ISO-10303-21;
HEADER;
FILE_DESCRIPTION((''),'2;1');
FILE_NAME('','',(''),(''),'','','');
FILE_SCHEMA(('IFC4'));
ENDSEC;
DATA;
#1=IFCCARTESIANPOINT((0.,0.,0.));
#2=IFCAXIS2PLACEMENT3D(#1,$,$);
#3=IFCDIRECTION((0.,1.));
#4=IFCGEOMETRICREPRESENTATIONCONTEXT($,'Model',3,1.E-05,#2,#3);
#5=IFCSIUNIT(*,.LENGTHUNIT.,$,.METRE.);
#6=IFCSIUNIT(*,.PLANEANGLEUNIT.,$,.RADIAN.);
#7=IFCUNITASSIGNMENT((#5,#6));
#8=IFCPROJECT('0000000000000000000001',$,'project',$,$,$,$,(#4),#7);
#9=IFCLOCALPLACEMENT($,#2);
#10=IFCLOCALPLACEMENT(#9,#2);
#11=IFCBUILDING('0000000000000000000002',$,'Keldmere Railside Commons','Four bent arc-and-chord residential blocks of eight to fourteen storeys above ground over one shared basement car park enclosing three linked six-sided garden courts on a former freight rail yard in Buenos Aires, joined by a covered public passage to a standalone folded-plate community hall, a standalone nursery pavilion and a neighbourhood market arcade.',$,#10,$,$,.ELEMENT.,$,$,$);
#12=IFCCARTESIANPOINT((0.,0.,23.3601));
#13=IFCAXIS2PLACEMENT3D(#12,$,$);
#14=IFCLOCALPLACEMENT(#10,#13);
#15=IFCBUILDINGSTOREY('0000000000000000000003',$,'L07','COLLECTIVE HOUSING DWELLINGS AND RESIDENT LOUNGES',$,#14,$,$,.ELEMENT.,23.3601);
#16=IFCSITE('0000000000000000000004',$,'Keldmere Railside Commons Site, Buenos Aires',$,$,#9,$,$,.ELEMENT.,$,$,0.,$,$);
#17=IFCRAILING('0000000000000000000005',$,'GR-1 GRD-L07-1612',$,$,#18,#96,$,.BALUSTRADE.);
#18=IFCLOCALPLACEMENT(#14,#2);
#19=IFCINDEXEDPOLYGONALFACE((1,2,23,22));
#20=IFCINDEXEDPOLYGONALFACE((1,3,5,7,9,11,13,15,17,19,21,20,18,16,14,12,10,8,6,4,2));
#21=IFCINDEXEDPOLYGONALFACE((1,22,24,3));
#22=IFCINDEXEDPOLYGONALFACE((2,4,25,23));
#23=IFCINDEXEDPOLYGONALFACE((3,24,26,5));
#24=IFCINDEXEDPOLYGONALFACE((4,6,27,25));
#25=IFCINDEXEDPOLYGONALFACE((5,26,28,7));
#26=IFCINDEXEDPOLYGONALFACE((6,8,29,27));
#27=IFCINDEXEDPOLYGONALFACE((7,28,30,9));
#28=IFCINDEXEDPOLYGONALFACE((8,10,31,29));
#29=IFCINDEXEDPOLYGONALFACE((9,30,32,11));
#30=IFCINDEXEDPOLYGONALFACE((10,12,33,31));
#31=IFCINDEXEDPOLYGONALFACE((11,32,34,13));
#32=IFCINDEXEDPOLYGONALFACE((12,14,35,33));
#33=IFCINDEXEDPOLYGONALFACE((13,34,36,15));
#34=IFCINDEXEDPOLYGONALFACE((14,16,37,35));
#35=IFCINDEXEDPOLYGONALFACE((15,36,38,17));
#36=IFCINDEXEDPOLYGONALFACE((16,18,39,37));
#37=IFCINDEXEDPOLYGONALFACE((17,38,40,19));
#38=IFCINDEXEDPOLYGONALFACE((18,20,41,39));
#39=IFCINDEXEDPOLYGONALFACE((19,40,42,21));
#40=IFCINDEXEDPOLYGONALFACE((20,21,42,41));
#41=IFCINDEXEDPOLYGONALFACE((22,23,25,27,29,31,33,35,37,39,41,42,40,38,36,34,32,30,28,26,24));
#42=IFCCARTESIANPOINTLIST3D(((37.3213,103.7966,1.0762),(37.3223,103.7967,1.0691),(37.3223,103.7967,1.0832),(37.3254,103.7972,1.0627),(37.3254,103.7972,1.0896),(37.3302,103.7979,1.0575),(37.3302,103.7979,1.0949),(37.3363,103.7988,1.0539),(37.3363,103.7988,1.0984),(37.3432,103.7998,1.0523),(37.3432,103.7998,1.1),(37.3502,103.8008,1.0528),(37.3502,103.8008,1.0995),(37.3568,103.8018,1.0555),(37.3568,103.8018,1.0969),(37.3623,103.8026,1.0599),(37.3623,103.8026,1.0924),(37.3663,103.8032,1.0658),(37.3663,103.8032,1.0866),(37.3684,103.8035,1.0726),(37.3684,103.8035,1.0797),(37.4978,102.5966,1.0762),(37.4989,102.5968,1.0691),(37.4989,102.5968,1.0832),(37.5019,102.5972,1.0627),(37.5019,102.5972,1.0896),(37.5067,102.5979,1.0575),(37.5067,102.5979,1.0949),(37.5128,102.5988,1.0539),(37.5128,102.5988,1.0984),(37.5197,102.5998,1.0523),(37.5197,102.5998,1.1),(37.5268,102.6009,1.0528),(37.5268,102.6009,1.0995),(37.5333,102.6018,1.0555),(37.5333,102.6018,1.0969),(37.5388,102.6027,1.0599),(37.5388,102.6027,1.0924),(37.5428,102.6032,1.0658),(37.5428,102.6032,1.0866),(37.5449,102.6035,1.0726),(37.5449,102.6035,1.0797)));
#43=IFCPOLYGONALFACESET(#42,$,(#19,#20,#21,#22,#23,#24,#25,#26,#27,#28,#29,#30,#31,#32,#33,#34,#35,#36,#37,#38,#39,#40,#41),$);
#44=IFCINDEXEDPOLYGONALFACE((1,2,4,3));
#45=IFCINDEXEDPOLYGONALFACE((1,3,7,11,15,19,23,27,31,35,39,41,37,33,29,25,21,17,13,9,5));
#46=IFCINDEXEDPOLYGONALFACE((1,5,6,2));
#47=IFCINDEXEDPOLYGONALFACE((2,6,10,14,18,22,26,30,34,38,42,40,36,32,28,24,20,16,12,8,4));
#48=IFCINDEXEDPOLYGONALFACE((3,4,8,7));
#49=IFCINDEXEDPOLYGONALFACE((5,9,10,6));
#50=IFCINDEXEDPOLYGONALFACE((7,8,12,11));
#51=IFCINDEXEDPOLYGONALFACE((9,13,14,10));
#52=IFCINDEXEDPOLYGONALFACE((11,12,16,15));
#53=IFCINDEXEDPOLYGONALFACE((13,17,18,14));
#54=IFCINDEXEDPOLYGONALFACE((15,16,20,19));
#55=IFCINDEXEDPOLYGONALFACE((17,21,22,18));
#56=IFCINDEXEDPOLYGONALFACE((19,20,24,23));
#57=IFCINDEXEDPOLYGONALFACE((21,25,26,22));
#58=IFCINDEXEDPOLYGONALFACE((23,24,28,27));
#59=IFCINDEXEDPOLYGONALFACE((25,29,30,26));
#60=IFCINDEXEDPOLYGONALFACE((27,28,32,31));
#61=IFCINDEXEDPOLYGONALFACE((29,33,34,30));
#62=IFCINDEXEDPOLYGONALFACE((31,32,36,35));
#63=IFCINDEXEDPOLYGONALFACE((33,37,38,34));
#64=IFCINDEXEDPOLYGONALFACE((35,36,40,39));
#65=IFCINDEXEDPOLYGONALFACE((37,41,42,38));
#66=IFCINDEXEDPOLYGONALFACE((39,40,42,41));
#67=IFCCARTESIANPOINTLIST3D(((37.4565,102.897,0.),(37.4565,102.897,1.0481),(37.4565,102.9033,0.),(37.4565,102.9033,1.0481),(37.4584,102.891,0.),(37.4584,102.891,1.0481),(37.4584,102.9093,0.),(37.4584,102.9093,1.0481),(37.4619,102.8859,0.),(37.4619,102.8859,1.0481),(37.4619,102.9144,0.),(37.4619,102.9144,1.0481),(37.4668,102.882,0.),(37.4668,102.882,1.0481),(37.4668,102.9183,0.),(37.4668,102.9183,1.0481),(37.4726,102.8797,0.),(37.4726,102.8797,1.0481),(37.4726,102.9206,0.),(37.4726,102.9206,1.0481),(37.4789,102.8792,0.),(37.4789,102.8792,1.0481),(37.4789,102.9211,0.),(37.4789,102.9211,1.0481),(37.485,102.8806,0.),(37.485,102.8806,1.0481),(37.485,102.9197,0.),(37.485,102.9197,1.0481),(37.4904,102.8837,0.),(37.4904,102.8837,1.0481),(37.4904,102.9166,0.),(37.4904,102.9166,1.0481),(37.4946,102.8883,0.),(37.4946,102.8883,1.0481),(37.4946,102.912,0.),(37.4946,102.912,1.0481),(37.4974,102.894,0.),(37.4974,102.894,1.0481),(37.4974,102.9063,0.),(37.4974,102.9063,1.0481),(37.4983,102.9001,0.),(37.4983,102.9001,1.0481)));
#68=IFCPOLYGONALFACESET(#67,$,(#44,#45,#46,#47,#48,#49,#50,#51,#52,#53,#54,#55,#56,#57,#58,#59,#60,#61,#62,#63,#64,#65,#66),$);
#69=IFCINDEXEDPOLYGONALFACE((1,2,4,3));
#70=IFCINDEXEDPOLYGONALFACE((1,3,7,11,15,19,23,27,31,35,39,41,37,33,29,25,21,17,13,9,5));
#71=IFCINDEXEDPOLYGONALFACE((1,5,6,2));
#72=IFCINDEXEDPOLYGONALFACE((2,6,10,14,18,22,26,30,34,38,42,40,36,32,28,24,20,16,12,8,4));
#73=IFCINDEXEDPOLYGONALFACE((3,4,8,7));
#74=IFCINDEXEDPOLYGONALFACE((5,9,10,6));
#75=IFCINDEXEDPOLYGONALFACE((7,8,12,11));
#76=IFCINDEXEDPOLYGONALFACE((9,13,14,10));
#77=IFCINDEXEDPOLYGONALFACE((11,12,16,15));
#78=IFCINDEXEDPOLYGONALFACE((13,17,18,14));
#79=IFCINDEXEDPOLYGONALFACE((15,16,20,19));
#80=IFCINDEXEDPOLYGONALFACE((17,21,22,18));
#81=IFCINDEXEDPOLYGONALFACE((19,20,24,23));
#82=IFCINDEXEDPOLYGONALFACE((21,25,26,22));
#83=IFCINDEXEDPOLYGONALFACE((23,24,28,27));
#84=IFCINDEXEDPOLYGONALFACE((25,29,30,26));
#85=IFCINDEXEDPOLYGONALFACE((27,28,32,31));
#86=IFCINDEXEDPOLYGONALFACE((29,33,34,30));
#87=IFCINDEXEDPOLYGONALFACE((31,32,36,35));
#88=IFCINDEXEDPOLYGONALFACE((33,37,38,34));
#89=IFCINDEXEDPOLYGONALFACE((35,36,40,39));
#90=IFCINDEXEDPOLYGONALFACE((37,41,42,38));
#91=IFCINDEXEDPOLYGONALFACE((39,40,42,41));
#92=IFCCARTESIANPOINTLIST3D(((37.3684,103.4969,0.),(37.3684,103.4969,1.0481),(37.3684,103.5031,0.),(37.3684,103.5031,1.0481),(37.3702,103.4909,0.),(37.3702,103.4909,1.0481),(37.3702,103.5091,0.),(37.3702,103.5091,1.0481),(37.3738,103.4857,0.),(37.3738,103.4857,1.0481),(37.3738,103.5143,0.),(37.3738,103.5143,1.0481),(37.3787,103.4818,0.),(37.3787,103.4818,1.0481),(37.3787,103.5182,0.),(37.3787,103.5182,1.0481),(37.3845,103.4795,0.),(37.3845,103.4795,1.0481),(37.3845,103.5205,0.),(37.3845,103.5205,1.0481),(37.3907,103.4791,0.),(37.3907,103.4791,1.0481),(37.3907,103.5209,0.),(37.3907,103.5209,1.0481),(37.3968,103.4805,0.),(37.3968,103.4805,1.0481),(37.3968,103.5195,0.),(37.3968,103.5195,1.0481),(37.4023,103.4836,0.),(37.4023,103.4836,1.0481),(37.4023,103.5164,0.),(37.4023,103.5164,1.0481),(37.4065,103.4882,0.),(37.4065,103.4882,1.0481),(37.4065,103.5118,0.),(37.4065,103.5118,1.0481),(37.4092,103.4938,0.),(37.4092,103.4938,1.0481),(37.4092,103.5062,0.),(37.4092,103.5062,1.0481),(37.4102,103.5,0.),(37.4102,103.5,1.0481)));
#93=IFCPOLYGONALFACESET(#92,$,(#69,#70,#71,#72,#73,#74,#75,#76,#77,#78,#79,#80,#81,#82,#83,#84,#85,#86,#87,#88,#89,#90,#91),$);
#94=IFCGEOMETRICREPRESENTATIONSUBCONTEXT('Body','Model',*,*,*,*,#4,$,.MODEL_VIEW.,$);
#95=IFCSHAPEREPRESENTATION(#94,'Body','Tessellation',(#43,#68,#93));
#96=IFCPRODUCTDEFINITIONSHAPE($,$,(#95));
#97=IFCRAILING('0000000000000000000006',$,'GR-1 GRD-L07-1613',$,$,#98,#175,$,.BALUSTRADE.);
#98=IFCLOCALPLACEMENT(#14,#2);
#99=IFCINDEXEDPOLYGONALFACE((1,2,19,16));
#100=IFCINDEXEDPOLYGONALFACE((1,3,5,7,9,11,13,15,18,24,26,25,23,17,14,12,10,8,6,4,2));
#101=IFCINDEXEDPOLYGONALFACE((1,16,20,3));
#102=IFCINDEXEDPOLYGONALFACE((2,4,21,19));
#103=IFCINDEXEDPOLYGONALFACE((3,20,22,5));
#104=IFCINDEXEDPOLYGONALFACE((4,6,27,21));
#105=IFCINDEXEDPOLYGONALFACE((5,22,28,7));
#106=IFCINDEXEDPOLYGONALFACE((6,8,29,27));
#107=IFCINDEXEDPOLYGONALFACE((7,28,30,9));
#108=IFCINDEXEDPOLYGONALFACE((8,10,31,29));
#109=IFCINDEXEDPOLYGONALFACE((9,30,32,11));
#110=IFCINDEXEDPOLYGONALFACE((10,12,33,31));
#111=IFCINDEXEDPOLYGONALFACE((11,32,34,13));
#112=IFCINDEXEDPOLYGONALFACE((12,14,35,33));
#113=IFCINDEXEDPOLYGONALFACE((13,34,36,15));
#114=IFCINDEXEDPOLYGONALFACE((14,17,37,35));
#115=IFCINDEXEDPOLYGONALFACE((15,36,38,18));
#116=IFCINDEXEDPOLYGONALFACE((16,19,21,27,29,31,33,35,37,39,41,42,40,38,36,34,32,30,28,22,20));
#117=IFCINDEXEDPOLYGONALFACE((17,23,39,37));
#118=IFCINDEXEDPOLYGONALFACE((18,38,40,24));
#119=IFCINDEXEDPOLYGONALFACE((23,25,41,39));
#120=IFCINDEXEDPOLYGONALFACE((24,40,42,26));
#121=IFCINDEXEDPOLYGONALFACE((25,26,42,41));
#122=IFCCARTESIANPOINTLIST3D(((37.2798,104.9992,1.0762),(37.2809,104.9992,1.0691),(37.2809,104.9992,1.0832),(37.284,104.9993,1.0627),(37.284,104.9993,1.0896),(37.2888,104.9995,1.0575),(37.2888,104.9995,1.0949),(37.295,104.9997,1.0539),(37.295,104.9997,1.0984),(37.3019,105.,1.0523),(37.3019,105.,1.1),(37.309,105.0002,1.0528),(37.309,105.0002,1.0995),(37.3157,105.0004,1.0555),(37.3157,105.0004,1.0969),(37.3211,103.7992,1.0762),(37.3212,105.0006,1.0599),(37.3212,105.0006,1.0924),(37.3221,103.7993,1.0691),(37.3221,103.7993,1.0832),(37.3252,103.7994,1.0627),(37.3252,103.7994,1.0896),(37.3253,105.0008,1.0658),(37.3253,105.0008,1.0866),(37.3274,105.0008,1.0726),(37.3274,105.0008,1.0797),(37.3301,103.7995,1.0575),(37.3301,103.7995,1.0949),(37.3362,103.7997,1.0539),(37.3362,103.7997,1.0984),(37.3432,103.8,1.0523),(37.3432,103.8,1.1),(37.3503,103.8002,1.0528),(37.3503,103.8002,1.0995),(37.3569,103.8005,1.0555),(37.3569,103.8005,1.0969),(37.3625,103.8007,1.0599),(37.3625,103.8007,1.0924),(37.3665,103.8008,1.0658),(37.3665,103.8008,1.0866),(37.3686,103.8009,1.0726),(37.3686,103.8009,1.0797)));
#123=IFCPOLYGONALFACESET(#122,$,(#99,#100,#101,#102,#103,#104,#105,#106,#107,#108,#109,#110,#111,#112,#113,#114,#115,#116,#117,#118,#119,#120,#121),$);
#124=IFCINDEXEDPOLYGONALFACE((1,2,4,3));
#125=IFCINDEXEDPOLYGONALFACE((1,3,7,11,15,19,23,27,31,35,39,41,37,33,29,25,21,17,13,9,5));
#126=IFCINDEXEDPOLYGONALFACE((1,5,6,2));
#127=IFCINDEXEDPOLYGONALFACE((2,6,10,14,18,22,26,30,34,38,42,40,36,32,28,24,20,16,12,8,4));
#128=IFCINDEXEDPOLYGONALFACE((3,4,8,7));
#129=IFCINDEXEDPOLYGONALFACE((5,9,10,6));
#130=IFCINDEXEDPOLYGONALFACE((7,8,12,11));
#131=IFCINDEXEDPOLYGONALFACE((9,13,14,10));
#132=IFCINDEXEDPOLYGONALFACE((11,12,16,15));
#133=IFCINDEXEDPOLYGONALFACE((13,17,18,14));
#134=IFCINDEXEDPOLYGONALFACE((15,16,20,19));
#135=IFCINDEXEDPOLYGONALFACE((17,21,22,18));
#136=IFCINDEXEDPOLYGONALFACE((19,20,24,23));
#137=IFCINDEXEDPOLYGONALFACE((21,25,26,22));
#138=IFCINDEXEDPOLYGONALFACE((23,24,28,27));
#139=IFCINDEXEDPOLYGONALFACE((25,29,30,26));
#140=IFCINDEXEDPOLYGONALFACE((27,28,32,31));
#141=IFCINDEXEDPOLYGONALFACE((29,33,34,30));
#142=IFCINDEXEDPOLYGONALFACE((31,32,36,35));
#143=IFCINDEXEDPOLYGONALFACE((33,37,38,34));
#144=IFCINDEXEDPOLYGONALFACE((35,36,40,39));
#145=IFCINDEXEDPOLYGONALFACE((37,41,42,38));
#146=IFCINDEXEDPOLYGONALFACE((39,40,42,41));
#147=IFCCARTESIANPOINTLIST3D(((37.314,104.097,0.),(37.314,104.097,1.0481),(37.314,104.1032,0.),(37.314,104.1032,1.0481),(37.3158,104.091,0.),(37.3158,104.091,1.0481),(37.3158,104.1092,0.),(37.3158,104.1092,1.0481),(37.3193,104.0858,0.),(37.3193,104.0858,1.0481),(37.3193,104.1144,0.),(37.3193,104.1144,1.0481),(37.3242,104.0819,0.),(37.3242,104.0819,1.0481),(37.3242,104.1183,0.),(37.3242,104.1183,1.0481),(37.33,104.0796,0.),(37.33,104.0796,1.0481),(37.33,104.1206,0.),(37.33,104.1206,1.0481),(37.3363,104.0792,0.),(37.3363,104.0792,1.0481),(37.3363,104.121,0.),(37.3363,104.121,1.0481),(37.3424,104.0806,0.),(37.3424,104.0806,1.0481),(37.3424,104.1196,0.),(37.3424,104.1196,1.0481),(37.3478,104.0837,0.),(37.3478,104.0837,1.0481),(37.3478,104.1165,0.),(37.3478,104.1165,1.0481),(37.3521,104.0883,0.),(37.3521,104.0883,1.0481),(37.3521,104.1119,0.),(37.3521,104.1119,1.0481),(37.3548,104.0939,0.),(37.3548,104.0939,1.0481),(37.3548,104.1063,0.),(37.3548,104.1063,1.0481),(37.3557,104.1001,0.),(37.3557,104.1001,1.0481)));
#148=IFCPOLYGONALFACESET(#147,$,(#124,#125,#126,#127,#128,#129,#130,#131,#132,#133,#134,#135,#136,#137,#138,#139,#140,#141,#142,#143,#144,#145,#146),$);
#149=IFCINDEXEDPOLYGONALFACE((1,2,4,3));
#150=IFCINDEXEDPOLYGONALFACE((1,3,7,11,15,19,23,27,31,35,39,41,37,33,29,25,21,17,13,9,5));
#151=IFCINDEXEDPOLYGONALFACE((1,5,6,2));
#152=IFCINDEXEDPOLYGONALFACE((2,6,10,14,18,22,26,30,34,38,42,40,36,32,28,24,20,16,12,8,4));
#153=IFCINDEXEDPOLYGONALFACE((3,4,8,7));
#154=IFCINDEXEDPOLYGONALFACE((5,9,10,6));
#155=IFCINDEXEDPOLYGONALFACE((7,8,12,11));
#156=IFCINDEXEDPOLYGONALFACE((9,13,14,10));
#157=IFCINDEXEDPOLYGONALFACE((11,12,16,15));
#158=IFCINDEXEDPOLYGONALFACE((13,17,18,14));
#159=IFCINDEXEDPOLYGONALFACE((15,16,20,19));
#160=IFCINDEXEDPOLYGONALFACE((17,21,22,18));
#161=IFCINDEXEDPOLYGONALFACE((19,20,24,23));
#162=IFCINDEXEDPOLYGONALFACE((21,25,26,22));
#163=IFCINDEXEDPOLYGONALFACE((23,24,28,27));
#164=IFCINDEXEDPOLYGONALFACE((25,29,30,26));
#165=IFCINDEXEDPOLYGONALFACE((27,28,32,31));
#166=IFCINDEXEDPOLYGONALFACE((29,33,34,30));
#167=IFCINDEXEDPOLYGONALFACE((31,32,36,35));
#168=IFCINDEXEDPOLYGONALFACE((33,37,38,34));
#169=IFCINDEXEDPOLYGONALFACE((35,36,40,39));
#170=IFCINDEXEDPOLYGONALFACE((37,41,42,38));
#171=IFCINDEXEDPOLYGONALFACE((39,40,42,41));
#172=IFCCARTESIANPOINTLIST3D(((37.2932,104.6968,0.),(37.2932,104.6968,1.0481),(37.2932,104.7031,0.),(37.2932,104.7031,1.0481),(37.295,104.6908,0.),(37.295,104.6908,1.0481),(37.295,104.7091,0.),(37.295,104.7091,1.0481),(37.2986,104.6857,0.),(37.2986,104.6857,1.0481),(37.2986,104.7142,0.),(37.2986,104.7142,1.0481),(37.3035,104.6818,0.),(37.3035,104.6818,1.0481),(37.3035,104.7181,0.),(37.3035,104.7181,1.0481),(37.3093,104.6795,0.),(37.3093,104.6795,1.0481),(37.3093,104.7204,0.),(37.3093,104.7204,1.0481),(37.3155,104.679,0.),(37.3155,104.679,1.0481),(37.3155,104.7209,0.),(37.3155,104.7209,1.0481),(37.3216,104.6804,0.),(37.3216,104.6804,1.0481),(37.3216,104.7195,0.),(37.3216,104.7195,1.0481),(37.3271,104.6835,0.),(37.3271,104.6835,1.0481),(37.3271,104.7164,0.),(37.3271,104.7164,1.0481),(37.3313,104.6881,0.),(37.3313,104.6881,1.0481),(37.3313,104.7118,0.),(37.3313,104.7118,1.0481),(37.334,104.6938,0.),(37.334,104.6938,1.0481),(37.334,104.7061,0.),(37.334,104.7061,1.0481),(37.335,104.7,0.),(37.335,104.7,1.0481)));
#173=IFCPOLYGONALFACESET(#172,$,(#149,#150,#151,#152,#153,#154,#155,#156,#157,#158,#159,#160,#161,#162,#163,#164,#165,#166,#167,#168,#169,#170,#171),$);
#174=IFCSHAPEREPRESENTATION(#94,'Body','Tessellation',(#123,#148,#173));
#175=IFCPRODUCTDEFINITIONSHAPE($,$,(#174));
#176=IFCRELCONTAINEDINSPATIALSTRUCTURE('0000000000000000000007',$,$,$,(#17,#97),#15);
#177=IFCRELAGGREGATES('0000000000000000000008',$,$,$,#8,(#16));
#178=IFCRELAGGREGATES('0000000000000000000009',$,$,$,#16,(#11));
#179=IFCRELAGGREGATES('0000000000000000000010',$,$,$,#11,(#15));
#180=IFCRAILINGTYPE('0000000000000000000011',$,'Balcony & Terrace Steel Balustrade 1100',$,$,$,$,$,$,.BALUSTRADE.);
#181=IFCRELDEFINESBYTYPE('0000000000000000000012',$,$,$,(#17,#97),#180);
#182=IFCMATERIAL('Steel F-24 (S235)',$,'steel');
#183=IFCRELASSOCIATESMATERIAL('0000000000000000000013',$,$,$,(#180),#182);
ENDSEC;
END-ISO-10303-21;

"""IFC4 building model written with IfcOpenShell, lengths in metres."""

from ifc_helpers import new_model, si_unit, direction, frame, origin, origin_2d, place, context, subcontext, project, spatial, circle, extrude, material, type_object, element, save


model = new_model("IFC4")

# Units and contexts
model_context = context("Model", 3, precision=1e-05, world=origin(), true_north=direction((0.0, 1.0)))
body_context = subcontext(model_context, "Body", "Model", "MODEL_VIEW")
ifc_project = project(units=[si_unit("LENGTHUNIT", "METRE"), si_unit("PLANEANGLEUNIT", "RADIAN")], contexts=[model_context])

# Site, building, storey
site_placement = place(None, origin())
site = spatial("IfcSite", under=ifc_project, at=site_placement, Name="Keldmere Railside Commons Site, Buenos Aires", CompositionType="ELEMENT", RefElevation=0.0)
building_placement = place(site_placement, origin())
building = spatial("IfcBuilding", under=site, at=building_placement, Name="Keldmere Railside Commons", Description="Four bent arc-and-chord residential blocks of eight to fourteen storeys above ground over one shared basement car park enclosing three linked six-sided garden courts on a former freight rail yard in Buenos Aires, joined by a covered public passage to a standalone folded-plate community hall, a standalone nursery pavilion and a neighbourhood market arcade.", CompositionType="ELEMENT")
storey_placement = place(building_placement, frame((0.0, 0.0, 23.3601)))
storey = spatial("IfcBuildingStorey", under=building, at=storey_placement, Name="L07", Description="COLLECTIVE HOUSING DWELLINGS AND RESIDENT LOUNGES", CompositionType="ELEMENT", Elevation=23.3601)

# Shared definitions
ifc_material_1 = material(Name="Steel F-24 (S235)", Category="steel")

# Railings
railing_type_1 = type_object("IfcRailingType", Name="Balcony & Terrace Steel Balustrade 1100", PredefinedType="BALUSTRADE", material=ifc_material_1)
railing_1_placement = place(storey_placement, frame((37.5215, 102.6001, 0.0)))
element("IfcRailing", 1, at=railing_1_placement, inside=storey, type_object=railing_type_1, Name="GR-1 GRD-L07-1612", PredefinedType="BALUSTRADE", context=body_context, shape_type="SweptSolid", body=[
    extrude(circle(Radius=0.0239, at=origin_2d()), frame((0.0, 0.0, 1.0762), z_axis=(-0.145535, 0.989353, 0.0), x_axis=(-0.989353, -0.145535, 0.0)), (0.0, 0.0, 1.0), 1.2129),
    extrude(circle(Radius=0.021, at=origin_2d()), frame((-0.0442, 0.3, 0.0)), (0.0, 0.0, 1.0), 1.0481),
    extrude(circle(Radius=0.021, at=origin_2d()), frame((-0.1323, 0.8999, 0.0)), (0.0, 0.0, 1.0), 1.0481),
])
railing_2_placement = place(storey_placement, frame((37.345, 103.8, 0.0)))
element("IfcRailing", 2, at=railing_2_placement, inside=storey, type_object=railing_type_1, Name="GR-1 GRD-L07-1613", PredefinedType="BALUSTRADE", context=body_context, shape_type="SweptSolid", body=[
    extrude(circle(Radius=0.0239, at=origin_2d()), frame((0.0, 0.0, 1.0762), z_axis=(-0.034364, 0.999409, 0.0), x_axis=(-0.999409, -0.034364, 0.0)), (0.0, 0.0, 1.0), 1.2007),
    extrude(circle(Radius=0.021, at=origin_2d()), frame((-0.0103, 0.3, 0.0)), (0.0, 0.0, 1.0), 1.0481),
    extrude(circle(Radius=0.021, at=origin_2d()), frame((-0.031, 0.8999, 0.0)), (0.0, 0.0, 1.0), 1.0481),
])

save(model, "model.ifc")
